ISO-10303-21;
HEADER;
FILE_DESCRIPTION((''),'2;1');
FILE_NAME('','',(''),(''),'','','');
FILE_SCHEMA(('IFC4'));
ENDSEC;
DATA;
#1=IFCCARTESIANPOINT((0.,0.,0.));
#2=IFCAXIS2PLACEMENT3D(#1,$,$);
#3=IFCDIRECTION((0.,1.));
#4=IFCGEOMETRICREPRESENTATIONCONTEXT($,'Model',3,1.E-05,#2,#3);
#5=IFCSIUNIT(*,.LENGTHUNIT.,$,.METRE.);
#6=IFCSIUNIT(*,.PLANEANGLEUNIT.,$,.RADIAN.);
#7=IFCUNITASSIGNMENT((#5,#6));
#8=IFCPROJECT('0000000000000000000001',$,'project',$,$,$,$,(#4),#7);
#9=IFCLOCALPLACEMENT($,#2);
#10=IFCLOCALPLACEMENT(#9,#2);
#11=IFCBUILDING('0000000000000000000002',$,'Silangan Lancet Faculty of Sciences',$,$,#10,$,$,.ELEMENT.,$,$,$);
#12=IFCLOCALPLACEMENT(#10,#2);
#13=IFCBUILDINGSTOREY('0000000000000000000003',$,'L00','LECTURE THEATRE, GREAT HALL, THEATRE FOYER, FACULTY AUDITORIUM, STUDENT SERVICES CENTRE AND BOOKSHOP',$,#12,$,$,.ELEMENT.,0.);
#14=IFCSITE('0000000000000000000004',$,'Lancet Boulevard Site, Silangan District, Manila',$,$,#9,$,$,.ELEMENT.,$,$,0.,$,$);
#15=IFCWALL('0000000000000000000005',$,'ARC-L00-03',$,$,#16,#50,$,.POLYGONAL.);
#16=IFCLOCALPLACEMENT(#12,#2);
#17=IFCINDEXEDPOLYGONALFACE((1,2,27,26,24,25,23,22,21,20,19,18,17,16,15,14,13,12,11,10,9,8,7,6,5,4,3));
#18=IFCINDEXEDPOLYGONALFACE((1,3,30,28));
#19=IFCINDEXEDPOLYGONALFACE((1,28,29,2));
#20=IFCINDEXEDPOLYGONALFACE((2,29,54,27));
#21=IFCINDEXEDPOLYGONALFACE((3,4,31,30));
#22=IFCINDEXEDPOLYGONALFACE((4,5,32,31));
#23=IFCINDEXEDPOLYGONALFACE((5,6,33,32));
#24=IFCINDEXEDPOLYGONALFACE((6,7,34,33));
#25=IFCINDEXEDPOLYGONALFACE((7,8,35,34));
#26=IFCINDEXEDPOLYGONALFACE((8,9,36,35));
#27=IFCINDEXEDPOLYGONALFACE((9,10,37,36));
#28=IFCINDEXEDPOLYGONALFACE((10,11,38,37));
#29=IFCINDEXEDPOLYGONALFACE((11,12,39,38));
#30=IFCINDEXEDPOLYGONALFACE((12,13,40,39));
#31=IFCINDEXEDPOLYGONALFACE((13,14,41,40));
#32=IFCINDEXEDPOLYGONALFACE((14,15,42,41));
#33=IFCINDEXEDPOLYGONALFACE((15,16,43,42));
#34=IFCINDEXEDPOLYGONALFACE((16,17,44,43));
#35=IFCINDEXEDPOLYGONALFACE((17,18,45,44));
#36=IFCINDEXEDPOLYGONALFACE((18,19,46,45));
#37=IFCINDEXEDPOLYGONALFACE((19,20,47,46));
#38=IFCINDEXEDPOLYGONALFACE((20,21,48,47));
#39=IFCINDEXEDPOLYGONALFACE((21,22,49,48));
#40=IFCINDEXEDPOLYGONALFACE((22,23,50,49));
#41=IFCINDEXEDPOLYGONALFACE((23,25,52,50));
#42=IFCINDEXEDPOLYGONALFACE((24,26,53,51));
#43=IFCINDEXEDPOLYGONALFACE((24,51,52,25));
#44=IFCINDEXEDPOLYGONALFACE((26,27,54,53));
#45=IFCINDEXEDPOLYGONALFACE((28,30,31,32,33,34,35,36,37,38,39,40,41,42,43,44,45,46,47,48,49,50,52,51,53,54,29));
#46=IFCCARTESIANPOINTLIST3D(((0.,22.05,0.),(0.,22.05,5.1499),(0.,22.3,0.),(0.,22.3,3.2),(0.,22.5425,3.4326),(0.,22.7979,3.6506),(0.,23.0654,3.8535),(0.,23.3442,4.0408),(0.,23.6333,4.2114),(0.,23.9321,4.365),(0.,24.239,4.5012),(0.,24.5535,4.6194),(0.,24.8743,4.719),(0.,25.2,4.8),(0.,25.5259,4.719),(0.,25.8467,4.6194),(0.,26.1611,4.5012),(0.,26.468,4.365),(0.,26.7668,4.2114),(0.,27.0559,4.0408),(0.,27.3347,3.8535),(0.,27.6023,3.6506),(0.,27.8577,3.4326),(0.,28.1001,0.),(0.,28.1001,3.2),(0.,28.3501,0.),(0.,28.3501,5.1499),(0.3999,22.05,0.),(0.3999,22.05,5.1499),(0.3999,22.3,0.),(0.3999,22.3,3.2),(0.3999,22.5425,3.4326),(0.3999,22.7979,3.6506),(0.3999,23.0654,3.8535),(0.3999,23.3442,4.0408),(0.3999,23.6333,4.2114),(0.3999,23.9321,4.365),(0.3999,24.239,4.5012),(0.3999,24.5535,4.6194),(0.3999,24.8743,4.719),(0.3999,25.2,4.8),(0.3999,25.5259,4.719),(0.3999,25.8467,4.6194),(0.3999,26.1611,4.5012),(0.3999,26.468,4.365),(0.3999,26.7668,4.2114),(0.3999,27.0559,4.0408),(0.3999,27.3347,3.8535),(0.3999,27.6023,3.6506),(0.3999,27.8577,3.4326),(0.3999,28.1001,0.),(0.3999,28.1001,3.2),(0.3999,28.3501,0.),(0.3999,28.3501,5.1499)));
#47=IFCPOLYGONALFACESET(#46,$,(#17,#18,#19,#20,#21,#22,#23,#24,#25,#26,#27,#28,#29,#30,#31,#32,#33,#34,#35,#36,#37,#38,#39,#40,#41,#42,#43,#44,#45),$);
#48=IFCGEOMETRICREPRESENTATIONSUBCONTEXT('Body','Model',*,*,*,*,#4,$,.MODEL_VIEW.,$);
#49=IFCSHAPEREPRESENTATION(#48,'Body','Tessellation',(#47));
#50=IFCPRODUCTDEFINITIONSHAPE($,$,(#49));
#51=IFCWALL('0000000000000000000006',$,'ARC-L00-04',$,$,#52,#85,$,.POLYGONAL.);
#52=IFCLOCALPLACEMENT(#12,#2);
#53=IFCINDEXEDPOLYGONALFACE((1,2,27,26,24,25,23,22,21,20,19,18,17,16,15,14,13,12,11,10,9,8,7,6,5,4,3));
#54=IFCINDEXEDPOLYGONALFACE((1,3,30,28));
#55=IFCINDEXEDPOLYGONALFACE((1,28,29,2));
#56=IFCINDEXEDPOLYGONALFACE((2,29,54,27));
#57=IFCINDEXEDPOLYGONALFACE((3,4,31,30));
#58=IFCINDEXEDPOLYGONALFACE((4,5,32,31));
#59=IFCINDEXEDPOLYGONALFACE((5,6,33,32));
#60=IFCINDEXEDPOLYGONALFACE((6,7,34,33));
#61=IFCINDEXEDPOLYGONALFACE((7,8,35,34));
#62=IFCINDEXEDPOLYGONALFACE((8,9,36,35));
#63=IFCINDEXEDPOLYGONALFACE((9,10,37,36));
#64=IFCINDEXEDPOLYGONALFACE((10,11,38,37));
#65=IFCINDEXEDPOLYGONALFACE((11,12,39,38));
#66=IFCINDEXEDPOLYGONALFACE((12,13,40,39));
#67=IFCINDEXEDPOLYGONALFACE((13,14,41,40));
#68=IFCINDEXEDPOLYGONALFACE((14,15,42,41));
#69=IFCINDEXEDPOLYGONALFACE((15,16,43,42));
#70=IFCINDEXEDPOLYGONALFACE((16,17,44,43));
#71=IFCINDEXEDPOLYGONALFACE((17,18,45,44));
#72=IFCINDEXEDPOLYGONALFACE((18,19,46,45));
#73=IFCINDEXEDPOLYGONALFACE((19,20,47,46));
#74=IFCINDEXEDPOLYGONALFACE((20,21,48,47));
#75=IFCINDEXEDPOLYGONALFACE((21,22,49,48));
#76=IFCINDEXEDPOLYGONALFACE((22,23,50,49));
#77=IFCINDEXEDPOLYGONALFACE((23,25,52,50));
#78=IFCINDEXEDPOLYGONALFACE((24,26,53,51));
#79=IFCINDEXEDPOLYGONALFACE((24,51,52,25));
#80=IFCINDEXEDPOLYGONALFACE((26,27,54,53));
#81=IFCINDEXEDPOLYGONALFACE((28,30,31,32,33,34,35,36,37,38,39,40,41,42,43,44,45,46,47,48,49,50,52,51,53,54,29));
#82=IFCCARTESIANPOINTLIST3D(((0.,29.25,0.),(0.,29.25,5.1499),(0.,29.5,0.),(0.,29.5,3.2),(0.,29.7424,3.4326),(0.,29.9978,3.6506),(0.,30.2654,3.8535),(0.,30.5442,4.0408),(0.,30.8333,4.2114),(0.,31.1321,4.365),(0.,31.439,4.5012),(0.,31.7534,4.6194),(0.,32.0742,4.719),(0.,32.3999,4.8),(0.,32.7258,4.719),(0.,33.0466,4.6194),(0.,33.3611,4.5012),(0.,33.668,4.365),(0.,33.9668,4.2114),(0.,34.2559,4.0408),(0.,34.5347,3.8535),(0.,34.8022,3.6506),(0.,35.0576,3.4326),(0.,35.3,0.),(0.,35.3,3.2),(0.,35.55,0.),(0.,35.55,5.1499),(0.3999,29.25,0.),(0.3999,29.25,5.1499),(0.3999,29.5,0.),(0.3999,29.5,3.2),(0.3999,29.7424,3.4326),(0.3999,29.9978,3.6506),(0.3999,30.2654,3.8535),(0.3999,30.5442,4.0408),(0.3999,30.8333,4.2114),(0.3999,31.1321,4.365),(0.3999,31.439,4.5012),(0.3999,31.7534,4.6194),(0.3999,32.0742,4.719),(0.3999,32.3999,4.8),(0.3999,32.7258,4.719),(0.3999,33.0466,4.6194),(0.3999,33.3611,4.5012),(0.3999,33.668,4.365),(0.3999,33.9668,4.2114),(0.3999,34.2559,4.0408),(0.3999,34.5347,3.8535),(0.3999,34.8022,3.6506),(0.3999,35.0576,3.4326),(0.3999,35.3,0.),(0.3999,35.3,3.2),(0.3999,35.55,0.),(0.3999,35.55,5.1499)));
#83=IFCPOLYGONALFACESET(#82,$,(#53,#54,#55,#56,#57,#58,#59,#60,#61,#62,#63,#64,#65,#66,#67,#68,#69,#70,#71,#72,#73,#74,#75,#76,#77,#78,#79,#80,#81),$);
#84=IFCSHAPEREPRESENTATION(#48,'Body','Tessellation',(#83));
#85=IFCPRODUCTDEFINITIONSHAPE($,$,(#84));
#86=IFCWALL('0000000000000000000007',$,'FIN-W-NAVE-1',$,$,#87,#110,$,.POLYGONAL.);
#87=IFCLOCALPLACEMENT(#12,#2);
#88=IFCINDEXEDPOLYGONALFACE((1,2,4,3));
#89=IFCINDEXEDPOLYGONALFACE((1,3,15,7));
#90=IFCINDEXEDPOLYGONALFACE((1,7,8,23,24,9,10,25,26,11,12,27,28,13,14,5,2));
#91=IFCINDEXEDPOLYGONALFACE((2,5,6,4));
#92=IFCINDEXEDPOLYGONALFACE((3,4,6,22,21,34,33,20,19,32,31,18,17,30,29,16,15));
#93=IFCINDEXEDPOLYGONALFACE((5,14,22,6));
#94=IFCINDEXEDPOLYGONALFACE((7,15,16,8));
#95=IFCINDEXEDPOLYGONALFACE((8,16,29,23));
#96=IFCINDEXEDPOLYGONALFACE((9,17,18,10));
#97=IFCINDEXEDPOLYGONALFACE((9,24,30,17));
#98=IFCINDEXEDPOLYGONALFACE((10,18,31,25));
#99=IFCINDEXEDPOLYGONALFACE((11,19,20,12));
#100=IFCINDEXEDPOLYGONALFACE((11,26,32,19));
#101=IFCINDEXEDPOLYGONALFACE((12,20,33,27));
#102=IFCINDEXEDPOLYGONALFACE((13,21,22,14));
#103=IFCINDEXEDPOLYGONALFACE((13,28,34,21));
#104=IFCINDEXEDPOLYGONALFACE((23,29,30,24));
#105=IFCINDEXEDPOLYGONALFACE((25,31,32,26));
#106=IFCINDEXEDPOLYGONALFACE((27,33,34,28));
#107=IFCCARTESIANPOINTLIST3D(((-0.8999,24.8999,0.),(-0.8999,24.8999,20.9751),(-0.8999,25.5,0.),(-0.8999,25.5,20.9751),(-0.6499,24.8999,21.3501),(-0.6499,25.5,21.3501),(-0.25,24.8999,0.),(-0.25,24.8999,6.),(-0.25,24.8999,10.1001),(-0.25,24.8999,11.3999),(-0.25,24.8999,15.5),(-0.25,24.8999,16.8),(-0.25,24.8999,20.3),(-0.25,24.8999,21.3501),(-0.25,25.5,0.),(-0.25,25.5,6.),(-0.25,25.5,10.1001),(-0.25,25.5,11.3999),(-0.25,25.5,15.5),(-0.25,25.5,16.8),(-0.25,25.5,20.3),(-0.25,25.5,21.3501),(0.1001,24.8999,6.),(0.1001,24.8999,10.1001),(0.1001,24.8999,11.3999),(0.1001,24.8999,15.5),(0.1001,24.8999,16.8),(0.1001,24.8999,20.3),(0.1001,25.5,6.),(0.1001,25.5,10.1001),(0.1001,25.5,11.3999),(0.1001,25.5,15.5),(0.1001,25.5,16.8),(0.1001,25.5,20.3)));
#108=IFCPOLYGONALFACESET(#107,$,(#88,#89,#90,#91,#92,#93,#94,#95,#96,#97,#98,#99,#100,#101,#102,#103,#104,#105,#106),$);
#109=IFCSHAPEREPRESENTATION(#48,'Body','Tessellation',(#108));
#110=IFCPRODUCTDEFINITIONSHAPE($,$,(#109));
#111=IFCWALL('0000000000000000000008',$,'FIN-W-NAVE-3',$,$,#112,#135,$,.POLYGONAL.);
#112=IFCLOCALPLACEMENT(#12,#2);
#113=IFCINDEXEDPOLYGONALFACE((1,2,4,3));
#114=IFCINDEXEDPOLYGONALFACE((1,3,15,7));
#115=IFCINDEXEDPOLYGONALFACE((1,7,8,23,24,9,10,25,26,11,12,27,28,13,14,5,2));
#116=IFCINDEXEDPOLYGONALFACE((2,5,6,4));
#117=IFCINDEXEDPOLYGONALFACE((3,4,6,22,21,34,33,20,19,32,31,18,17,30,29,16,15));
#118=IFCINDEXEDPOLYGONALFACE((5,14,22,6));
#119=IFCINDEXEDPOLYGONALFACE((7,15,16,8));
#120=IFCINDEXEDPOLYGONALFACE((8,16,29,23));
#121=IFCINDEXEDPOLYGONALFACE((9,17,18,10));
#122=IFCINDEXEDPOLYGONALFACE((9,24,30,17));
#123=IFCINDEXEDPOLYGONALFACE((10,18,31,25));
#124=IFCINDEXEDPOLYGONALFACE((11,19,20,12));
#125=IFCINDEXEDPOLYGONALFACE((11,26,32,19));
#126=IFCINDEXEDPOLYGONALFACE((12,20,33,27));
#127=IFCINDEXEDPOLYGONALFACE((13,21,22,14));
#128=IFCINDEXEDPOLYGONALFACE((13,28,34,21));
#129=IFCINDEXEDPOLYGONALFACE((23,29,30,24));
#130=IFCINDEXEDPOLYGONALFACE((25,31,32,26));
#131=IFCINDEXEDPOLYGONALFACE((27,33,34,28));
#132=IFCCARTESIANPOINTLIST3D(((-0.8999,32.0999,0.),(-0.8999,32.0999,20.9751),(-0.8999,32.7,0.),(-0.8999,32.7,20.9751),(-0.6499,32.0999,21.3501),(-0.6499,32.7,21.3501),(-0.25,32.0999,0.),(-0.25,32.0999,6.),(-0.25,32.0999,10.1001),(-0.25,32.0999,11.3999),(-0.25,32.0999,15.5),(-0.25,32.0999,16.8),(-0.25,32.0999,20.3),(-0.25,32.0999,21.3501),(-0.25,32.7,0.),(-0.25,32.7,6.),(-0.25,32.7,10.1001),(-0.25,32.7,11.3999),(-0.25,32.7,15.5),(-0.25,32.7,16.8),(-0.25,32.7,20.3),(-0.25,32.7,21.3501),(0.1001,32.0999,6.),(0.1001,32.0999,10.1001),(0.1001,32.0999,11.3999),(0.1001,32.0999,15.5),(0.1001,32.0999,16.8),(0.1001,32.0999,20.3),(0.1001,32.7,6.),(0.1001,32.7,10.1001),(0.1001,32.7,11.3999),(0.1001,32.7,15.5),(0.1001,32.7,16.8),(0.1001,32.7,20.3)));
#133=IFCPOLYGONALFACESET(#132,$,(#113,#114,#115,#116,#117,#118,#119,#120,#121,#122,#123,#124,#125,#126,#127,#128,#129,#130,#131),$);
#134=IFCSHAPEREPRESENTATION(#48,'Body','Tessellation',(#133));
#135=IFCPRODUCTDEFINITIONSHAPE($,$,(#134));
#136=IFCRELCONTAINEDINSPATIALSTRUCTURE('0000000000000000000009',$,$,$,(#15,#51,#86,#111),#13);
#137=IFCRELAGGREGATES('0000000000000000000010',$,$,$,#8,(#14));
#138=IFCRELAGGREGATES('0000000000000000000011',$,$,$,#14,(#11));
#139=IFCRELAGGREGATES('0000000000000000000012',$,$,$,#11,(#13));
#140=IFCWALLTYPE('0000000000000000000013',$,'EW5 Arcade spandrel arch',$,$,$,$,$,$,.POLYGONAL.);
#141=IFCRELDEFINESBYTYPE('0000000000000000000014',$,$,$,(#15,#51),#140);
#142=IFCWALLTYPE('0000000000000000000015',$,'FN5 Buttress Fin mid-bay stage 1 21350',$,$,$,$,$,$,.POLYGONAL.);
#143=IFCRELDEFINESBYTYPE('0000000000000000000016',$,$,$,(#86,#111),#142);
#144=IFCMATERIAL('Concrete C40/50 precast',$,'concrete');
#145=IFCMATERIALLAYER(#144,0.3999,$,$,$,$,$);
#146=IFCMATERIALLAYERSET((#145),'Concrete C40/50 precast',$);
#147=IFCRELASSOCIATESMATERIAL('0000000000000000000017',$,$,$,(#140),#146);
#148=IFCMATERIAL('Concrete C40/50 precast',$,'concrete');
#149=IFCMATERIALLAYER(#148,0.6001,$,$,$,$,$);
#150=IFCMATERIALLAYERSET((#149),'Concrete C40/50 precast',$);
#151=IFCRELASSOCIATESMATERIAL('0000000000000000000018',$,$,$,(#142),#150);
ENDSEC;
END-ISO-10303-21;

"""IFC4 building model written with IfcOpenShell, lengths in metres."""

from ifc_helpers import new_model, si_unit, direction, frame, origin, place, context, subcontext, project, spatial, polyline, outline, extrude, material, layer, layer_set, type_object, element, save


model = new_model("IFC4")

# Units and contexts
model_context = context("Model", 3, precision=1e-05, world=origin(), true_north=direction((0.0, 1.0)))
body_context = subcontext(model_context, "Body", "Model", "MODEL_VIEW")
ifc_project = project(units=[si_unit("LENGTHUNIT", "METRE"), si_unit("PLANEANGLEUNIT", "RADIAN")], contexts=[model_context])

# Site, building, storey
site_placement = place(None, origin())
site = spatial("IfcSite", under=ifc_project, at=site_placement, Name="Lancet Boulevard Site, Silangan District, Manila", CompositionType="ELEMENT", RefElevation=0.0)
building_placement = place(site_placement, origin())
building = spatial("IfcBuilding", under=site, at=building_placement, Name="Silangan Lancet Faculty of Sciences", CompositionType="ELEMENT")
storey_placement = place(building_placement, origin())
storey = spatial("IfcBuildingStorey", under=building, at=storey_placement, Name="L00", Description="LECTURE THEATRE, GREAT HALL, THEATRE FOYER, FACULTY AUDITORIUM, STUDENT SERVICES CENTRE AND BOOKSHOP", CompositionType="ELEMENT", Elevation=0.0)

# Walls
ifc_material_1 = material(Name="Concrete C40/50 precast", Category="concrete")
ifc_layer_1 = layer(ifc_material_1, 0.3999)
ifc_layer_set_1 = layer_set([ifc_layer_1], Name="Concrete C40/50 precast")
wall_type_1 = type_object("IfcWallType", Name="EW5 Arcade spandrel arch", PredefinedType="POLYGONAL", material=ifc_layer_set_1)
for number, where, z_axis, x_axis, name in (
    (1, (0.2, 22.05, 0.0), (0.0, 0.0, 1.0), (0.0, 1.0, 0.0), "ARC-L00-03"),
    (2, (0.2, 29.25, 0.0), (0.0, 0.0, 1.0), (0.0, 1.0, 0.0), "ARC-L00-04"),
):
    element("IfcWall", number, at=place(storey_placement, frame(where, z_axis=z_axis, x_axis=x_axis)), inside=storey, type_object=wall_type_1, Name=name, PredefinedType="POLYGONAL", context=body_context, shape_type="SweptSolid", body=[
        extrude(outline(polyline([(0.0, 0.0), (0.25, 0.0), (0.25, 3.2), (0.4924, 3.4326), (0.7478, 3.6506), (1.0154, 3.8535), (1.2942, 4.0408), (1.5833, 4.2114), (1.8821, 4.365), (2.189, 4.5012), (2.5034, 4.6194), (2.8242, 4.719), (3.1499, 4.8), (3.4758, 4.719), (3.7966, 4.6194), (4.1111, 4.5012), (4.418, 4.365), (4.7168, 4.2114), (5.0059, 4.0408), (5.2847, 3.8535), (5.5522, 3.6506), (5.8076, 3.4326), (6.05, 3.2), (6.05, 0.0), (6.3, 0.0), (6.3, 5.1499), (0.0, 5.1499), (0.0, 0.0)])), frame((0.0, 0.2, 0.0), z_axis=(0.0, -1.0, 0.0), x_axis=(1.0, 0.0, 0.0)), (0.0, 0.0, 1.0), 0.3999),
    ])
ifc_material_2 = material(Name="Concrete C40/50 precast", Category="concrete")
ifc_layer_2 = layer(ifc_material_2, 0.6001)
ifc_layer_set_2 = layer_set([ifc_layer_2], Name="Concrete C40/50 precast")
wall_type_2 = type_object("IfcWallType", Name="FN5 Buttress Fin mid-bay stage 1 21350", PredefinedType="POLYGONAL", material=ifc_layer_set_2)
for number, where, z_axis, x_axis, name in (
    (3, (0.1001, 25.2, 0.0), (0.0, 0.0, 1.0), (-1.0, 0.0, 0.0), "FIN-W-NAVE-1"),
    (4, (0.1001, 32.3999, 0.0), (0.0, 0.0, 1.0), (-1.0, 0.0, 0.0), "FIN-W-NAVE-3"),
):
    element("IfcWall", number, at=place(storey_placement, frame(where, z_axis=z_axis, x_axis=x_axis)), inside=storey, type_object=wall_type_2, Name=name, PredefinedType="POLYGONAL", context=body_context, shape_type="SweptSolid", body=[
        extrude(outline(polyline([(1.0, 0.0), (1.0, 20.9751), (0.75, 21.3501), (0.3501, 21.3501), (0.3501, 20.3), (0.0, 20.3), (0.0, 16.8), (0.3501, 16.8), (0.3501, 15.5), (0.0, 15.5), (0.0, 11.3999), (0.3501, 11.3999), (0.3501, 10.1001), (0.0, 10.1001), (0.0, 6.0), (0.3501, 6.0), (0.3501, 0.0), (1.0, 0.0)])), frame((0.0, 0.3, 0.0), z_axis=(0.0, -1.0, 0.0), x_axis=(1.0, 0.0, 0.0)), (0.0, 0.0, 1.0), 0.6001),
    ])

save(model, "model.ifc")
